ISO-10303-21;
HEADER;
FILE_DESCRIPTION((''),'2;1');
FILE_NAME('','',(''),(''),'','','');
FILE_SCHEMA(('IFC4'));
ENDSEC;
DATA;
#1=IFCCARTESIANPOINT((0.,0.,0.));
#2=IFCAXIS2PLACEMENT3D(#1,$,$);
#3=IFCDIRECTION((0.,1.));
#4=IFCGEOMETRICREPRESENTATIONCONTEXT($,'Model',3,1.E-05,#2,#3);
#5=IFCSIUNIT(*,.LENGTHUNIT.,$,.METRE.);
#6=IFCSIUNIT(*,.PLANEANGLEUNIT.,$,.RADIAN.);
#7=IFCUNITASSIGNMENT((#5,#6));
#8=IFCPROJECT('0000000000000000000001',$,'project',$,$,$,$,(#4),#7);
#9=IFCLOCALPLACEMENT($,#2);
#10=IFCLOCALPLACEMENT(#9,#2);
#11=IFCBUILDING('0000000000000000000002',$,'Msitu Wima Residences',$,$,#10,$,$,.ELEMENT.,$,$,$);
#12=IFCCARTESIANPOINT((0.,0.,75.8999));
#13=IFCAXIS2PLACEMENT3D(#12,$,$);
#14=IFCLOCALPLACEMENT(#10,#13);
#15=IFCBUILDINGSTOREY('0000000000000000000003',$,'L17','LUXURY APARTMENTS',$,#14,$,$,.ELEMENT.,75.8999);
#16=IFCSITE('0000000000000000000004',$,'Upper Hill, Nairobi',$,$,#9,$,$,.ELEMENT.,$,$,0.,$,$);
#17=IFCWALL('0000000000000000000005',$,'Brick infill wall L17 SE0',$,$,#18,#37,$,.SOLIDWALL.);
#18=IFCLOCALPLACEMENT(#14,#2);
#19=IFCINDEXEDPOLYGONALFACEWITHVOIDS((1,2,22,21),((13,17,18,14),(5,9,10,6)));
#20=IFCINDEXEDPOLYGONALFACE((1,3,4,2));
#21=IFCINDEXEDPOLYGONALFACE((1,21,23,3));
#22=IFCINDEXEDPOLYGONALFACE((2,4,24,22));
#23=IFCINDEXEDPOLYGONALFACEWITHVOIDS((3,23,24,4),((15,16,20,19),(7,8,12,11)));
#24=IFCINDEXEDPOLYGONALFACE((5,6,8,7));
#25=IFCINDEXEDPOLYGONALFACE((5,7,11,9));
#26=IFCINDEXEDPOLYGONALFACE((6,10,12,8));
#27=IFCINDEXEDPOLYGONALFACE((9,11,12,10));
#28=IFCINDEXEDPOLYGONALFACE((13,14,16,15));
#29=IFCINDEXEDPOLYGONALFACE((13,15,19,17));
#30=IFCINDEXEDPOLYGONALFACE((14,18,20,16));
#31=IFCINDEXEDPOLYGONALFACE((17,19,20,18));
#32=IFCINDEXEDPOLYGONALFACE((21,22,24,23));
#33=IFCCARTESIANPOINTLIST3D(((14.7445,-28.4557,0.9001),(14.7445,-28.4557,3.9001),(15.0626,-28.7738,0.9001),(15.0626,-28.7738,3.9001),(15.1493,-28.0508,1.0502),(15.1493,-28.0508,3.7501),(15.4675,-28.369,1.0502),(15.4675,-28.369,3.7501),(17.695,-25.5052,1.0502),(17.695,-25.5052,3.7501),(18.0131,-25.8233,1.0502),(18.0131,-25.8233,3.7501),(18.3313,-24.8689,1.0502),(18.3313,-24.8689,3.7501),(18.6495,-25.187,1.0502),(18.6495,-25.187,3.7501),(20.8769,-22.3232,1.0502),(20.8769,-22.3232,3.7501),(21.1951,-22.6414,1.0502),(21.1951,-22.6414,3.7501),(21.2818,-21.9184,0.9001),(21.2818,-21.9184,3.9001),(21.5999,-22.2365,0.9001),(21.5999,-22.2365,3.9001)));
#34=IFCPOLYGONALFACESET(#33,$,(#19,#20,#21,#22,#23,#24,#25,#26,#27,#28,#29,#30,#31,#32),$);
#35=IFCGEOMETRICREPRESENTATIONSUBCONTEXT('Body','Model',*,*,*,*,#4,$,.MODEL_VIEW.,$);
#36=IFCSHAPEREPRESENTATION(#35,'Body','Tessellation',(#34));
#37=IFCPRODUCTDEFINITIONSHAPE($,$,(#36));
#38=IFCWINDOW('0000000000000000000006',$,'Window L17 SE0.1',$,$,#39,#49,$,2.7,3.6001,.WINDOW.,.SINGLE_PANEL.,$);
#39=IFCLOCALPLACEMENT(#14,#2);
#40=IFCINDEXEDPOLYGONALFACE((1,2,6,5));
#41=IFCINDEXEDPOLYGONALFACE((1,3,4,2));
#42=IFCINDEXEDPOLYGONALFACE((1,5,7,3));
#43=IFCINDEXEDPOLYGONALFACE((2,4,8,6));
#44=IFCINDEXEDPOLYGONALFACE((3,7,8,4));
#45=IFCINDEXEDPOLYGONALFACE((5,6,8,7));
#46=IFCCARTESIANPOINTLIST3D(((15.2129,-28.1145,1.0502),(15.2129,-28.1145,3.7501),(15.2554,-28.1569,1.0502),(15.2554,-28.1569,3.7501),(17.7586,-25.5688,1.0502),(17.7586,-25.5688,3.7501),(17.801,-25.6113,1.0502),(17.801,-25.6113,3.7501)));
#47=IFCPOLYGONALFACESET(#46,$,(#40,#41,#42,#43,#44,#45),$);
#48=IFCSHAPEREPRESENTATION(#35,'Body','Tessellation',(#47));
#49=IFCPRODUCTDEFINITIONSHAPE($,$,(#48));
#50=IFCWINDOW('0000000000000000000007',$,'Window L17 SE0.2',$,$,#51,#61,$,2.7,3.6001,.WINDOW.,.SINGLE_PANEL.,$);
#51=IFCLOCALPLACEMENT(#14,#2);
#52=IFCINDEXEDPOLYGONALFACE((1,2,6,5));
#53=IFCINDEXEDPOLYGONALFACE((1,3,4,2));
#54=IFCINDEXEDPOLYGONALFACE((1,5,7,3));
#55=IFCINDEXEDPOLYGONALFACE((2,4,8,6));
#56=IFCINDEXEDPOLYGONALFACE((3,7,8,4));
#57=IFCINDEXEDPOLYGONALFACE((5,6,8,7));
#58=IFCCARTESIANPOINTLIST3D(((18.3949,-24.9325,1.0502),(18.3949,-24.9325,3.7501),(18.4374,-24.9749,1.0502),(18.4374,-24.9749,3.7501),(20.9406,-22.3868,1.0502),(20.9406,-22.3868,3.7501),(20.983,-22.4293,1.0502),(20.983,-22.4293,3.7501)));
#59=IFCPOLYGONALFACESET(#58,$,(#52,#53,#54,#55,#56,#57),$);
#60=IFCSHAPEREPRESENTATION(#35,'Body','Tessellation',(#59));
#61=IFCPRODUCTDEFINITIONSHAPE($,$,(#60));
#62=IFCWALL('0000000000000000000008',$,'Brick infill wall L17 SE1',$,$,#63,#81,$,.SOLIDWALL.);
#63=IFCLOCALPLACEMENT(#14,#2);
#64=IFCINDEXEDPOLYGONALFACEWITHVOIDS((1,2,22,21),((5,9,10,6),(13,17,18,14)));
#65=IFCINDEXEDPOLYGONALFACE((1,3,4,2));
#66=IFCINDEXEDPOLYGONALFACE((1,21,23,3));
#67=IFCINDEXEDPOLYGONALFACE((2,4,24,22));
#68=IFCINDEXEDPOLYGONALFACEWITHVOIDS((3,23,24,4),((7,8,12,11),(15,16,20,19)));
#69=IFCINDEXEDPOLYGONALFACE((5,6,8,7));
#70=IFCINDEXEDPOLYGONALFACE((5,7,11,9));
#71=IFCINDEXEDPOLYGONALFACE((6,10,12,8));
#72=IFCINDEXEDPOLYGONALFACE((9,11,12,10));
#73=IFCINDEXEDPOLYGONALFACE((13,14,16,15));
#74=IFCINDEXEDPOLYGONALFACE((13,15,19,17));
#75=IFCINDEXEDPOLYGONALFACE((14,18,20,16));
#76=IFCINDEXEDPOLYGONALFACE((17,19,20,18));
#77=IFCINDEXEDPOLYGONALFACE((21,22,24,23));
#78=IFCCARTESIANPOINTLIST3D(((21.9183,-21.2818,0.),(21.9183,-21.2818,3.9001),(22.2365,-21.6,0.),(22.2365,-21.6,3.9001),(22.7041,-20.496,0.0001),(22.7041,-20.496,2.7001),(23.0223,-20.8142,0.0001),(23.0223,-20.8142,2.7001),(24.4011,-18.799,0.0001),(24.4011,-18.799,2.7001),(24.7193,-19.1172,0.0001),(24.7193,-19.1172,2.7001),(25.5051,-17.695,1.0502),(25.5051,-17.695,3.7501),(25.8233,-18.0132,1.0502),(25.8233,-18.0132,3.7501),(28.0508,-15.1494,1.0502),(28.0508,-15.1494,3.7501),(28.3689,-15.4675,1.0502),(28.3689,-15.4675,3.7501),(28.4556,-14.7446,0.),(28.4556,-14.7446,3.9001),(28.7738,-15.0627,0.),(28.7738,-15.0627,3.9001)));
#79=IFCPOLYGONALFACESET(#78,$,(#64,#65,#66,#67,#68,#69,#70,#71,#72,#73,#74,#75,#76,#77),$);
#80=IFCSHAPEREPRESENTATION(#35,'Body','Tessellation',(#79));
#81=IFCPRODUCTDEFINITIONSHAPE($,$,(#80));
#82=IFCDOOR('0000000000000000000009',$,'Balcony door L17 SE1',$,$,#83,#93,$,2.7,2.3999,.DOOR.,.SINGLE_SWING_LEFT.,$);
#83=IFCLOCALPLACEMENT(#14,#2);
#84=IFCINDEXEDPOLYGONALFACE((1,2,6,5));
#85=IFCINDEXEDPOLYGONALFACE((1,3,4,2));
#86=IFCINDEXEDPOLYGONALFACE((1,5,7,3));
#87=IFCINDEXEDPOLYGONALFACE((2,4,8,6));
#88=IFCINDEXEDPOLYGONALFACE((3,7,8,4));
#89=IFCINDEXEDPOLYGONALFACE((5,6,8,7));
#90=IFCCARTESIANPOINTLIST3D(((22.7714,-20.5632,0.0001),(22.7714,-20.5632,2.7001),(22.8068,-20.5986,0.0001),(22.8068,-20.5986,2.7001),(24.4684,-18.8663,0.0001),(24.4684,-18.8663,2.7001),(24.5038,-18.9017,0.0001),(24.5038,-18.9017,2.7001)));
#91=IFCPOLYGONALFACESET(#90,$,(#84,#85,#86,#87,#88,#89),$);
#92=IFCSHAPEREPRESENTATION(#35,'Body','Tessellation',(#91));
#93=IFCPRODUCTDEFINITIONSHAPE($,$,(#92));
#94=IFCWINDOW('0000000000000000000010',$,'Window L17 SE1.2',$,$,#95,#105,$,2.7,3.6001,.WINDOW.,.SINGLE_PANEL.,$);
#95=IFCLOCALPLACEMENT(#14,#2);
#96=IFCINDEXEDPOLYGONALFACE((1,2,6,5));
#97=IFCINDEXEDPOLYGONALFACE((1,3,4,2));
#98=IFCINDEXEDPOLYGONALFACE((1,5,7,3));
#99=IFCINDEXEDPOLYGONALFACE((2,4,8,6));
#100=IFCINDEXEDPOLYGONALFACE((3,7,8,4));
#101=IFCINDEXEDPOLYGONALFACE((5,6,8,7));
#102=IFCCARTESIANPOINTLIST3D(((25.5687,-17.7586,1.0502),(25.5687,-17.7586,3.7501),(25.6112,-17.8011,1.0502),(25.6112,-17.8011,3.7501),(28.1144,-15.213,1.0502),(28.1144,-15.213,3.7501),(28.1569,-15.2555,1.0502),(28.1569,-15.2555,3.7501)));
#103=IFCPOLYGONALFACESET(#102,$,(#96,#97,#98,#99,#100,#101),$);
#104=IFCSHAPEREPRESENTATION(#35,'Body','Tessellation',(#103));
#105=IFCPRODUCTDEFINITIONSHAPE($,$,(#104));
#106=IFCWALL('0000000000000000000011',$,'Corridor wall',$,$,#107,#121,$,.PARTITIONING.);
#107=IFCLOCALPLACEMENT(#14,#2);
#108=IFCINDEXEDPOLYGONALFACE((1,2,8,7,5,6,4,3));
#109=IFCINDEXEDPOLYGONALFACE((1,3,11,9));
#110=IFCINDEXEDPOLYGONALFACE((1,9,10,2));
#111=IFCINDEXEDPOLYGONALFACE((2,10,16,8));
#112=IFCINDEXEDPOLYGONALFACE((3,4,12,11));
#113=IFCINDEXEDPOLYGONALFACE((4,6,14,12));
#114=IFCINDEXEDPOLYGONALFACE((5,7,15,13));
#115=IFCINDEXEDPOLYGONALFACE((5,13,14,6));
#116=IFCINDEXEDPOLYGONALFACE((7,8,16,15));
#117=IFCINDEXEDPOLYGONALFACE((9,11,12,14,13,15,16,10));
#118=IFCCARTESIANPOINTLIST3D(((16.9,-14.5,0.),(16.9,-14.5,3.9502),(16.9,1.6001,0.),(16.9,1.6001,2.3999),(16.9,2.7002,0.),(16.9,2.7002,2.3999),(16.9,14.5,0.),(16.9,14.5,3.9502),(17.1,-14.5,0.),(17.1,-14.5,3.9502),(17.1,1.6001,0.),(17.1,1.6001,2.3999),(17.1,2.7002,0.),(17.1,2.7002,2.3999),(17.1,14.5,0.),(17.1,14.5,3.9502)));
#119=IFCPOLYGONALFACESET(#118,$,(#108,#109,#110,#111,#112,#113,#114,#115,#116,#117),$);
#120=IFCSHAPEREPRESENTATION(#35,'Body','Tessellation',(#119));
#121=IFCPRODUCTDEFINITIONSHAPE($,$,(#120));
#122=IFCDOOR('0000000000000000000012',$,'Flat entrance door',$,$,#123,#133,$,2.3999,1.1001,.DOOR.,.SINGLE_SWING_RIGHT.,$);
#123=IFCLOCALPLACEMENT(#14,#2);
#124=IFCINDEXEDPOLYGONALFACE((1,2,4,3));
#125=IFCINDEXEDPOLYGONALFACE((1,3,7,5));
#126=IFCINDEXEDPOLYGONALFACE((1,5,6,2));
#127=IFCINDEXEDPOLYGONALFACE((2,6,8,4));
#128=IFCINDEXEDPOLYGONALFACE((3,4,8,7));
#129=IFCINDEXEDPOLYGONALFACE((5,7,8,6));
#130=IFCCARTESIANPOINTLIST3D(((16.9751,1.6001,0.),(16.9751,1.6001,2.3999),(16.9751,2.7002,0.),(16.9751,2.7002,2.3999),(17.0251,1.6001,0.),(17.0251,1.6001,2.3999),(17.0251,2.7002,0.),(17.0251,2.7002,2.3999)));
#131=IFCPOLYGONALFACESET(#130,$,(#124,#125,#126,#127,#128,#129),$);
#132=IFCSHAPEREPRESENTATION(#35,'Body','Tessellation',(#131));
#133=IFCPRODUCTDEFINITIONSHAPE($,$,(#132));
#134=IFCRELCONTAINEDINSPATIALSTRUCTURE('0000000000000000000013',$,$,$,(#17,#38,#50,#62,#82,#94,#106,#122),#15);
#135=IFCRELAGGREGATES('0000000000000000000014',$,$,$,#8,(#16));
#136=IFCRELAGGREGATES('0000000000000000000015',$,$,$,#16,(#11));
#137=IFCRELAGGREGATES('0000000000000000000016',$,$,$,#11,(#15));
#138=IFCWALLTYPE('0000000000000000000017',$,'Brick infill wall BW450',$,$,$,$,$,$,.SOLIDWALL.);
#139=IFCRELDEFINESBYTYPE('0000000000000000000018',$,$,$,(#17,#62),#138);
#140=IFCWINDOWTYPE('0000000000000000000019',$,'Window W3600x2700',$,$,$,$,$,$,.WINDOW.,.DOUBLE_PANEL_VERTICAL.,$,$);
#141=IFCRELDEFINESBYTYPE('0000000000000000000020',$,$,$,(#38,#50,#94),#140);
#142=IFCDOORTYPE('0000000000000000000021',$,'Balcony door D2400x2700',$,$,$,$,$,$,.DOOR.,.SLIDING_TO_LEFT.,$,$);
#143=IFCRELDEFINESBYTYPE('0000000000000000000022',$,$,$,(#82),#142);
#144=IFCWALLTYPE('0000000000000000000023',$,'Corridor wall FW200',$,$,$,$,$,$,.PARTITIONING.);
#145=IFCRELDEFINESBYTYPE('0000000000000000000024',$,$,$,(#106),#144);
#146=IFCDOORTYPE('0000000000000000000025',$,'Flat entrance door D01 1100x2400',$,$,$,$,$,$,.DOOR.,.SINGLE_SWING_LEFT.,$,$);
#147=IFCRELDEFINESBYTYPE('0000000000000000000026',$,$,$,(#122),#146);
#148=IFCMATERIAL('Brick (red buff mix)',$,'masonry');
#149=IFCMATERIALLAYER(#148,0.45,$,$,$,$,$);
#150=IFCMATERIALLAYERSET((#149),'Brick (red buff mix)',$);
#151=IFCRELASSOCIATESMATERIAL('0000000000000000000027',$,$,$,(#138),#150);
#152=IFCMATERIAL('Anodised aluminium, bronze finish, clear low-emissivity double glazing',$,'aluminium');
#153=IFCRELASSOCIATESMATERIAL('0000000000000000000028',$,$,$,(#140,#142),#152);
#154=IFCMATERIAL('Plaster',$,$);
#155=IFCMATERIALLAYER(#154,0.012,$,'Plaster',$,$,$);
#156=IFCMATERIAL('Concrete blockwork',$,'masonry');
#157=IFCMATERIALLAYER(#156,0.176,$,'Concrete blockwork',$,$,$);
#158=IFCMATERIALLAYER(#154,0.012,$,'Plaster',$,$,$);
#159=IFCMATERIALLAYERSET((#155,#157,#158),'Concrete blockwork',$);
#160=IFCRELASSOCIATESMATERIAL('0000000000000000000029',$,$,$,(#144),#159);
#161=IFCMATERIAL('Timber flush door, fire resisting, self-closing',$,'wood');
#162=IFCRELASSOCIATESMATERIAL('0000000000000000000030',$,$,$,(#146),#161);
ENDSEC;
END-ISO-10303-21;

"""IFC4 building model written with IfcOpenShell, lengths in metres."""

from ifc_helpers import new_model, si_unit, direction, frame, frame_2d, origin, place, context, subcontext, project, spatial, rectangle, extrude, material, layer, layer_set, type_object, element, fill, save


model = new_model("IFC4")

# Units and contexts
model_context = context("Model", 3, precision=1e-05, world=origin(), true_north=direction((0.0, 1.0)))
body_context = subcontext(model_context, "Body", "Model", "MODEL_VIEW")
ifc_project = project(units=[si_unit("LENGTHUNIT", "METRE"), si_unit("PLANEANGLEUNIT", "RADIAN")], contexts=[model_context])

# Site, building, storey
site_placement = place(None, origin())
site = spatial("IfcSite", under=ifc_project, at=site_placement, Name="Upper Hill, Nairobi", CompositionType="ELEMENT", RefElevation=0.0)
building_placement = place(site_placement, origin())
building = spatial("IfcBuilding", under=site, at=building_placement, Name="Msitu Wima Residences", CompositionType="ELEMENT")
storey_placement = place(building_placement, frame((0.0, 0.0, 75.8999)))
storey = spatial("IfcBuildingStorey", under=building, at=storey_placement, Name="L17", Description="LUXURY APARTMENTS", CompositionType="ELEMENT", Elevation=75.8999)

# Wall, openings, windows
ifc_material_1 = material(Name="Brick (red buff mix)", Category="masonry")
ifc_layer_1 = layer(ifc_material_1, 0.45)
ifc_layer_set_1 = layer_set([ifc_layer_1], Name="Brick (red buff mix)")
wall_type_1 = type_object("IfcWallType", Name="Brick infill wall BW450", PredefinedType="SOLIDWALL", material=ifc_layer_set_1)
wall_1_placement = place(storey_placement, frame((14.9036, -28.6147, 0.9001), z_axis=(0.0, 0.0, 1.0), x_axis=(0.707107, 0.707107, 0.0)))
wall_1 = element("IfcWall", 1, at=wall_1_placement, inside=storey, type_object=wall_type_1, Name="Brick infill wall L17 SE0", PredefinedType="SOLIDWALL", context=body_context, shape_type="SweptSolid", body=[
    extrude(rectangle(XDim=9.2451, YDim=0.45, at=frame_2d((4.6226, 0.0))), origin(), (0.0, 0.0, 1.0), 3.0),
])
opening_1_placement = place(wall_1_placement, frame((0.5725, 0.0, 0.1499)))
opening_1 = element("IfcOpeningElement", 2, at=opening_1_placement, cuts=wall_1, PredefinedType="OPENING", context=body_context, shape_type="SweptSolid", body=[
    extrude(rectangle(XDim=3.6001, YDim=2.7, at=frame_2d((1.8, 1.3501))), frame((0.0, 0.2349, 0.0), z_axis=(0.0, -1.0, 0.0), x_axis=(1.0, 0.0, 0.0)), (0.0, 0.0, 1.0), 0.47),
])
opening_2_placement = place(wall_1_placement, frame((5.0725, 0.0, 0.1499)))
opening_2 = element("IfcOpeningElement", 3, at=opening_2_placement, cuts=wall_1, PredefinedType="OPENING", context=body_context, shape_type="SweptSolid", body=[
    extrude(rectangle(XDim=3.6001, YDim=2.7, at=frame_2d((1.8, 1.3501))), frame((0.0, 0.2349, 0.0), z_axis=(0.0, -1.0, 0.0), x_axis=(1.0, 0.0, 0.0)), (0.0, 0.0, 1.0), 0.47),
])
ifc_material_2 = material(Name="Anodised aluminium, bronze finish, clear low-emissivity double glazing", Category="aluminium")
window_type = type_object("IfcWindowType", Name="Window W3600x2700", PartitioningType="DOUBLE_PANEL_VERTICAL", PredefinedType="WINDOW", material=ifc_material_2)
window_1_placement = place(opening_1_placement, origin())
window_1 = element("IfcWindow", 4, at=window_1_placement, inside=storey, type_object=window_type, Name="Window L17 SE0.1", OverallHeight=2.7, OverallWidth=3.6001, PartitioningType="SINGLE_PANEL", PredefinedType="WINDOW", context=body_context, shape_type="SweptSolid", body=[
    extrude(rectangle(XDim=3.6001, YDim=2.7, at=frame_2d((1.8, 1.3501))), frame((0.0, 0.135, 0.0), z_axis=(0.0, -1.0, 0.0), x_axis=(1.0, 0.0, 0.0)), (0.0, 0.0, 1.0), 0.0601),
])
fill(opening_1, window_1)
window_2_placement = place(opening_2_placement, origin())
window_2 = element("IfcWindow", 5, at=window_2_placement, inside=storey, type_object=window_type, Name="Window L17 SE0.2", OverallHeight=2.7, OverallWidth=3.6001, PartitioningType="SINGLE_PANEL", PredefinedType="WINDOW", context=body_context, shape_type="SweptSolid", body=[
    extrude(rectangle(XDim=3.6001, YDim=2.7, at=frame_2d((1.8, 1.3501))), frame((0.0, 0.135, 0.0), z_axis=(0.0, -1.0, 0.0), x_axis=(1.0, 0.0, 0.0)), (0.0, 0.0, 1.0), 0.0601),
])
fill(opening_2, window_2)

# Wall, openings, door, window
wall_2_placement = place(storey_placement, frame((22.0774, -21.4409, 0.0), z_axis=(0.0, 0.0, 1.0), x_axis=(0.707107, 0.707107, 0.0)))
wall_2 = element("IfcWall", 6, at=wall_2_placement, inside=storey, type_object=wall_type_1, Name="Brick infill wall L17 SE1", PredefinedType="SOLIDWALL", context=body_context, shape_type="SweptSolid", body=[
    extrude(rectangle(XDim=9.2451, YDim=0.45, at=frame_2d((4.6226, 0.0))), origin(), (0.0, 0.0, 1.0), 3.9001),
])
opening_3_placement = place(wall_2_placement, frame((1.1113, 0.0, 0.0)))
opening_3 = element("IfcOpeningElement", 7, at=opening_3_placement, cuts=wall_2, PredefinedType="OPENING", context=body_context, shape_type="SweptSolid", body=[
    extrude(rectangle(XDim=2.3999, YDim=2.7, at=frame_2d((1.2, 1.3501))), frame((0.0, 0.2349, 0.0), z_axis=(0.0, -1.0, 0.0), x_axis=(1.0, 0.0, 0.0)), (0.0, 0.0, 1.0), 0.47),
])
opening_4_placement = place(wall_2_placement, frame((5.0725, 0.0, 1.05)))
opening_4 = element("IfcOpeningElement", 8, at=opening_4_placement, cuts=wall_2, PredefinedType="OPENING", context=body_context, shape_type="SweptSolid", body=[
    extrude(rectangle(XDim=3.6001, YDim=2.7, at=frame_2d((1.8, 1.3501))), frame((0.0, 0.2349, 0.0), z_axis=(0.0, -1.0, 0.0), x_axis=(1.0, 0.0, 0.0)), (0.0, 0.0, 1.0), 0.47),
])
door_type_1 = type_object("IfcDoorType", Name="Balcony door D2400x2700", OperationType="SLIDING_TO_LEFT", PredefinedType="DOOR", material=ifc_material_2)
door_1_placement = place(opening_3_placement, origin())
door_1 = element("IfcDoor", 9, at=door_1_placement, inside=storey, type_object=door_type_1, Name="Balcony door L17 SE1", OperationType="SINGLE_SWING_LEFT", OverallHeight=2.7, OverallWidth=2.3999, PredefinedType="DOOR", context=body_context, shape_type="SweptSolid", body=[
    extrude(rectangle(XDim=2.3999, YDim=2.7, at=frame_2d((1.2, 1.3501))), frame((0.0, 0.1299, 0.0), z_axis=(0.0, -1.0, 0.0), x_axis=(1.0, 0.0, 0.0)), (0.0, 0.0, 1.0), 0.05),
])
fill(opening_3, door_1)
window_3_placement = place(opening_4_placement, origin())
window_3 = element("IfcWindow", 10, at=window_3_placement, inside=storey, type_object=window_type, Name="Window L17 SE1.2", OverallHeight=2.7, OverallWidth=3.6001, PartitioningType="SINGLE_PANEL", PredefinedType="WINDOW", context=body_context, shape_type="SweptSolid", body=[
    extrude(rectangle(XDim=3.6001, YDim=2.7, at=frame_2d((1.8, 1.3501))), frame((0.0, 0.135, 0.0), z_axis=(0.0, -1.0, 0.0), x_axis=(1.0, 0.0, 0.0)), (0.0, 0.0, 1.0), 0.0601),
])
fill(opening_4, window_3)

# Wall, opening, door
ifc_material_3 = material(Name="Plaster")
ifc_layer_2 = layer(ifc_material_3, 0.012, Name="Plaster")
ifc_material_4 = material(Name="Concrete blockwork", Category="masonry")
ifc_layer_3 = layer(ifc_material_4, 0.176, Name="Concrete blockwork")
ifc_layer_4 = layer(ifc_material_3, 0.012, Name="Plaster")
ifc_layer_set_2 = layer_set([ifc_layer_2, ifc_layer_3, ifc_layer_4], Name="Concrete blockwork")
wall_type_2 = type_object("IfcWallType", Name="Corridor wall FW200", PredefinedType="PARTITIONING", material=ifc_layer_set_2)
wall_3_placement = place(storey_placement, frame((17.0, -14.5, 0.0), z_axis=(0.0, 0.0, 1.0), x_axis=(0.0, 1.0, 0.0)))
wall_3 = element("IfcWall", 11, at=wall_3_placement, inside=storey, type_object=wall_type_2, Name="Corridor wall", PredefinedType="PARTITIONING", context=body_context, shape_type="SweptSolid", body=[
    extrude(rectangle(XDim=29.0, YDim=0.2, at=frame_2d((14.5, 0.0))), origin(), (0.0, 0.0, 1.0), 3.9502),
])
opening_5_placement = place(wall_3_placement, frame((16.1001, 0.0, 0.0)))
opening_5 = element("IfcOpeningElement", 12, at=opening_5_placement, cuts=wall_3, PredefinedType="OPENING", context=body_context, shape_type="SweptSolid", body=[
    extrude(rectangle(XDim=1.1001, YDim=2.3999, at=frame_2d((0.55, 1.2))), frame((0.0, 0.1099, 0.0), z_axis=(0.0, -1.0, 0.0), x_axis=(1.0, 0.0, 0.0)), (0.0, 0.0, 1.0), 0.22),
])
ifc_material_5 = material(Name="Timber flush door, fire resisting, self-closing", Category="wood")
door_type_2 = type_object("IfcDoorType", Name="Flat entrance door D01 1100x2400", OperationType="SINGLE_SWING_LEFT", PredefinedType="DOOR", material=ifc_material_5)
door_2_placement = place(opening_5_placement, origin())
door_2 = element("IfcDoor", 13, at=door_2_placement, inside=storey, type_object=door_type_2, Name="Flat entrance door", OperationType="SINGLE_SWING_RIGHT", OverallHeight=2.3999, OverallWidth=1.1001, PredefinedType="DOOR", context=body_context, shape_type="SweptSolid", body=[
    extrude(rectangle(XDim=1.1001, YDim=2.3999, at=frame_2d((0.55, 1.2))), frame((0.0, 0.0249, 0.0), z_axis=(0.0, -1.0, 0.0), x_axis=(1.0, 0.0, 0.0)), (0.0, 0.0, 1.0), 0.05),
])
fill(opening_5, door_2)

save(model, "model.ifc")
